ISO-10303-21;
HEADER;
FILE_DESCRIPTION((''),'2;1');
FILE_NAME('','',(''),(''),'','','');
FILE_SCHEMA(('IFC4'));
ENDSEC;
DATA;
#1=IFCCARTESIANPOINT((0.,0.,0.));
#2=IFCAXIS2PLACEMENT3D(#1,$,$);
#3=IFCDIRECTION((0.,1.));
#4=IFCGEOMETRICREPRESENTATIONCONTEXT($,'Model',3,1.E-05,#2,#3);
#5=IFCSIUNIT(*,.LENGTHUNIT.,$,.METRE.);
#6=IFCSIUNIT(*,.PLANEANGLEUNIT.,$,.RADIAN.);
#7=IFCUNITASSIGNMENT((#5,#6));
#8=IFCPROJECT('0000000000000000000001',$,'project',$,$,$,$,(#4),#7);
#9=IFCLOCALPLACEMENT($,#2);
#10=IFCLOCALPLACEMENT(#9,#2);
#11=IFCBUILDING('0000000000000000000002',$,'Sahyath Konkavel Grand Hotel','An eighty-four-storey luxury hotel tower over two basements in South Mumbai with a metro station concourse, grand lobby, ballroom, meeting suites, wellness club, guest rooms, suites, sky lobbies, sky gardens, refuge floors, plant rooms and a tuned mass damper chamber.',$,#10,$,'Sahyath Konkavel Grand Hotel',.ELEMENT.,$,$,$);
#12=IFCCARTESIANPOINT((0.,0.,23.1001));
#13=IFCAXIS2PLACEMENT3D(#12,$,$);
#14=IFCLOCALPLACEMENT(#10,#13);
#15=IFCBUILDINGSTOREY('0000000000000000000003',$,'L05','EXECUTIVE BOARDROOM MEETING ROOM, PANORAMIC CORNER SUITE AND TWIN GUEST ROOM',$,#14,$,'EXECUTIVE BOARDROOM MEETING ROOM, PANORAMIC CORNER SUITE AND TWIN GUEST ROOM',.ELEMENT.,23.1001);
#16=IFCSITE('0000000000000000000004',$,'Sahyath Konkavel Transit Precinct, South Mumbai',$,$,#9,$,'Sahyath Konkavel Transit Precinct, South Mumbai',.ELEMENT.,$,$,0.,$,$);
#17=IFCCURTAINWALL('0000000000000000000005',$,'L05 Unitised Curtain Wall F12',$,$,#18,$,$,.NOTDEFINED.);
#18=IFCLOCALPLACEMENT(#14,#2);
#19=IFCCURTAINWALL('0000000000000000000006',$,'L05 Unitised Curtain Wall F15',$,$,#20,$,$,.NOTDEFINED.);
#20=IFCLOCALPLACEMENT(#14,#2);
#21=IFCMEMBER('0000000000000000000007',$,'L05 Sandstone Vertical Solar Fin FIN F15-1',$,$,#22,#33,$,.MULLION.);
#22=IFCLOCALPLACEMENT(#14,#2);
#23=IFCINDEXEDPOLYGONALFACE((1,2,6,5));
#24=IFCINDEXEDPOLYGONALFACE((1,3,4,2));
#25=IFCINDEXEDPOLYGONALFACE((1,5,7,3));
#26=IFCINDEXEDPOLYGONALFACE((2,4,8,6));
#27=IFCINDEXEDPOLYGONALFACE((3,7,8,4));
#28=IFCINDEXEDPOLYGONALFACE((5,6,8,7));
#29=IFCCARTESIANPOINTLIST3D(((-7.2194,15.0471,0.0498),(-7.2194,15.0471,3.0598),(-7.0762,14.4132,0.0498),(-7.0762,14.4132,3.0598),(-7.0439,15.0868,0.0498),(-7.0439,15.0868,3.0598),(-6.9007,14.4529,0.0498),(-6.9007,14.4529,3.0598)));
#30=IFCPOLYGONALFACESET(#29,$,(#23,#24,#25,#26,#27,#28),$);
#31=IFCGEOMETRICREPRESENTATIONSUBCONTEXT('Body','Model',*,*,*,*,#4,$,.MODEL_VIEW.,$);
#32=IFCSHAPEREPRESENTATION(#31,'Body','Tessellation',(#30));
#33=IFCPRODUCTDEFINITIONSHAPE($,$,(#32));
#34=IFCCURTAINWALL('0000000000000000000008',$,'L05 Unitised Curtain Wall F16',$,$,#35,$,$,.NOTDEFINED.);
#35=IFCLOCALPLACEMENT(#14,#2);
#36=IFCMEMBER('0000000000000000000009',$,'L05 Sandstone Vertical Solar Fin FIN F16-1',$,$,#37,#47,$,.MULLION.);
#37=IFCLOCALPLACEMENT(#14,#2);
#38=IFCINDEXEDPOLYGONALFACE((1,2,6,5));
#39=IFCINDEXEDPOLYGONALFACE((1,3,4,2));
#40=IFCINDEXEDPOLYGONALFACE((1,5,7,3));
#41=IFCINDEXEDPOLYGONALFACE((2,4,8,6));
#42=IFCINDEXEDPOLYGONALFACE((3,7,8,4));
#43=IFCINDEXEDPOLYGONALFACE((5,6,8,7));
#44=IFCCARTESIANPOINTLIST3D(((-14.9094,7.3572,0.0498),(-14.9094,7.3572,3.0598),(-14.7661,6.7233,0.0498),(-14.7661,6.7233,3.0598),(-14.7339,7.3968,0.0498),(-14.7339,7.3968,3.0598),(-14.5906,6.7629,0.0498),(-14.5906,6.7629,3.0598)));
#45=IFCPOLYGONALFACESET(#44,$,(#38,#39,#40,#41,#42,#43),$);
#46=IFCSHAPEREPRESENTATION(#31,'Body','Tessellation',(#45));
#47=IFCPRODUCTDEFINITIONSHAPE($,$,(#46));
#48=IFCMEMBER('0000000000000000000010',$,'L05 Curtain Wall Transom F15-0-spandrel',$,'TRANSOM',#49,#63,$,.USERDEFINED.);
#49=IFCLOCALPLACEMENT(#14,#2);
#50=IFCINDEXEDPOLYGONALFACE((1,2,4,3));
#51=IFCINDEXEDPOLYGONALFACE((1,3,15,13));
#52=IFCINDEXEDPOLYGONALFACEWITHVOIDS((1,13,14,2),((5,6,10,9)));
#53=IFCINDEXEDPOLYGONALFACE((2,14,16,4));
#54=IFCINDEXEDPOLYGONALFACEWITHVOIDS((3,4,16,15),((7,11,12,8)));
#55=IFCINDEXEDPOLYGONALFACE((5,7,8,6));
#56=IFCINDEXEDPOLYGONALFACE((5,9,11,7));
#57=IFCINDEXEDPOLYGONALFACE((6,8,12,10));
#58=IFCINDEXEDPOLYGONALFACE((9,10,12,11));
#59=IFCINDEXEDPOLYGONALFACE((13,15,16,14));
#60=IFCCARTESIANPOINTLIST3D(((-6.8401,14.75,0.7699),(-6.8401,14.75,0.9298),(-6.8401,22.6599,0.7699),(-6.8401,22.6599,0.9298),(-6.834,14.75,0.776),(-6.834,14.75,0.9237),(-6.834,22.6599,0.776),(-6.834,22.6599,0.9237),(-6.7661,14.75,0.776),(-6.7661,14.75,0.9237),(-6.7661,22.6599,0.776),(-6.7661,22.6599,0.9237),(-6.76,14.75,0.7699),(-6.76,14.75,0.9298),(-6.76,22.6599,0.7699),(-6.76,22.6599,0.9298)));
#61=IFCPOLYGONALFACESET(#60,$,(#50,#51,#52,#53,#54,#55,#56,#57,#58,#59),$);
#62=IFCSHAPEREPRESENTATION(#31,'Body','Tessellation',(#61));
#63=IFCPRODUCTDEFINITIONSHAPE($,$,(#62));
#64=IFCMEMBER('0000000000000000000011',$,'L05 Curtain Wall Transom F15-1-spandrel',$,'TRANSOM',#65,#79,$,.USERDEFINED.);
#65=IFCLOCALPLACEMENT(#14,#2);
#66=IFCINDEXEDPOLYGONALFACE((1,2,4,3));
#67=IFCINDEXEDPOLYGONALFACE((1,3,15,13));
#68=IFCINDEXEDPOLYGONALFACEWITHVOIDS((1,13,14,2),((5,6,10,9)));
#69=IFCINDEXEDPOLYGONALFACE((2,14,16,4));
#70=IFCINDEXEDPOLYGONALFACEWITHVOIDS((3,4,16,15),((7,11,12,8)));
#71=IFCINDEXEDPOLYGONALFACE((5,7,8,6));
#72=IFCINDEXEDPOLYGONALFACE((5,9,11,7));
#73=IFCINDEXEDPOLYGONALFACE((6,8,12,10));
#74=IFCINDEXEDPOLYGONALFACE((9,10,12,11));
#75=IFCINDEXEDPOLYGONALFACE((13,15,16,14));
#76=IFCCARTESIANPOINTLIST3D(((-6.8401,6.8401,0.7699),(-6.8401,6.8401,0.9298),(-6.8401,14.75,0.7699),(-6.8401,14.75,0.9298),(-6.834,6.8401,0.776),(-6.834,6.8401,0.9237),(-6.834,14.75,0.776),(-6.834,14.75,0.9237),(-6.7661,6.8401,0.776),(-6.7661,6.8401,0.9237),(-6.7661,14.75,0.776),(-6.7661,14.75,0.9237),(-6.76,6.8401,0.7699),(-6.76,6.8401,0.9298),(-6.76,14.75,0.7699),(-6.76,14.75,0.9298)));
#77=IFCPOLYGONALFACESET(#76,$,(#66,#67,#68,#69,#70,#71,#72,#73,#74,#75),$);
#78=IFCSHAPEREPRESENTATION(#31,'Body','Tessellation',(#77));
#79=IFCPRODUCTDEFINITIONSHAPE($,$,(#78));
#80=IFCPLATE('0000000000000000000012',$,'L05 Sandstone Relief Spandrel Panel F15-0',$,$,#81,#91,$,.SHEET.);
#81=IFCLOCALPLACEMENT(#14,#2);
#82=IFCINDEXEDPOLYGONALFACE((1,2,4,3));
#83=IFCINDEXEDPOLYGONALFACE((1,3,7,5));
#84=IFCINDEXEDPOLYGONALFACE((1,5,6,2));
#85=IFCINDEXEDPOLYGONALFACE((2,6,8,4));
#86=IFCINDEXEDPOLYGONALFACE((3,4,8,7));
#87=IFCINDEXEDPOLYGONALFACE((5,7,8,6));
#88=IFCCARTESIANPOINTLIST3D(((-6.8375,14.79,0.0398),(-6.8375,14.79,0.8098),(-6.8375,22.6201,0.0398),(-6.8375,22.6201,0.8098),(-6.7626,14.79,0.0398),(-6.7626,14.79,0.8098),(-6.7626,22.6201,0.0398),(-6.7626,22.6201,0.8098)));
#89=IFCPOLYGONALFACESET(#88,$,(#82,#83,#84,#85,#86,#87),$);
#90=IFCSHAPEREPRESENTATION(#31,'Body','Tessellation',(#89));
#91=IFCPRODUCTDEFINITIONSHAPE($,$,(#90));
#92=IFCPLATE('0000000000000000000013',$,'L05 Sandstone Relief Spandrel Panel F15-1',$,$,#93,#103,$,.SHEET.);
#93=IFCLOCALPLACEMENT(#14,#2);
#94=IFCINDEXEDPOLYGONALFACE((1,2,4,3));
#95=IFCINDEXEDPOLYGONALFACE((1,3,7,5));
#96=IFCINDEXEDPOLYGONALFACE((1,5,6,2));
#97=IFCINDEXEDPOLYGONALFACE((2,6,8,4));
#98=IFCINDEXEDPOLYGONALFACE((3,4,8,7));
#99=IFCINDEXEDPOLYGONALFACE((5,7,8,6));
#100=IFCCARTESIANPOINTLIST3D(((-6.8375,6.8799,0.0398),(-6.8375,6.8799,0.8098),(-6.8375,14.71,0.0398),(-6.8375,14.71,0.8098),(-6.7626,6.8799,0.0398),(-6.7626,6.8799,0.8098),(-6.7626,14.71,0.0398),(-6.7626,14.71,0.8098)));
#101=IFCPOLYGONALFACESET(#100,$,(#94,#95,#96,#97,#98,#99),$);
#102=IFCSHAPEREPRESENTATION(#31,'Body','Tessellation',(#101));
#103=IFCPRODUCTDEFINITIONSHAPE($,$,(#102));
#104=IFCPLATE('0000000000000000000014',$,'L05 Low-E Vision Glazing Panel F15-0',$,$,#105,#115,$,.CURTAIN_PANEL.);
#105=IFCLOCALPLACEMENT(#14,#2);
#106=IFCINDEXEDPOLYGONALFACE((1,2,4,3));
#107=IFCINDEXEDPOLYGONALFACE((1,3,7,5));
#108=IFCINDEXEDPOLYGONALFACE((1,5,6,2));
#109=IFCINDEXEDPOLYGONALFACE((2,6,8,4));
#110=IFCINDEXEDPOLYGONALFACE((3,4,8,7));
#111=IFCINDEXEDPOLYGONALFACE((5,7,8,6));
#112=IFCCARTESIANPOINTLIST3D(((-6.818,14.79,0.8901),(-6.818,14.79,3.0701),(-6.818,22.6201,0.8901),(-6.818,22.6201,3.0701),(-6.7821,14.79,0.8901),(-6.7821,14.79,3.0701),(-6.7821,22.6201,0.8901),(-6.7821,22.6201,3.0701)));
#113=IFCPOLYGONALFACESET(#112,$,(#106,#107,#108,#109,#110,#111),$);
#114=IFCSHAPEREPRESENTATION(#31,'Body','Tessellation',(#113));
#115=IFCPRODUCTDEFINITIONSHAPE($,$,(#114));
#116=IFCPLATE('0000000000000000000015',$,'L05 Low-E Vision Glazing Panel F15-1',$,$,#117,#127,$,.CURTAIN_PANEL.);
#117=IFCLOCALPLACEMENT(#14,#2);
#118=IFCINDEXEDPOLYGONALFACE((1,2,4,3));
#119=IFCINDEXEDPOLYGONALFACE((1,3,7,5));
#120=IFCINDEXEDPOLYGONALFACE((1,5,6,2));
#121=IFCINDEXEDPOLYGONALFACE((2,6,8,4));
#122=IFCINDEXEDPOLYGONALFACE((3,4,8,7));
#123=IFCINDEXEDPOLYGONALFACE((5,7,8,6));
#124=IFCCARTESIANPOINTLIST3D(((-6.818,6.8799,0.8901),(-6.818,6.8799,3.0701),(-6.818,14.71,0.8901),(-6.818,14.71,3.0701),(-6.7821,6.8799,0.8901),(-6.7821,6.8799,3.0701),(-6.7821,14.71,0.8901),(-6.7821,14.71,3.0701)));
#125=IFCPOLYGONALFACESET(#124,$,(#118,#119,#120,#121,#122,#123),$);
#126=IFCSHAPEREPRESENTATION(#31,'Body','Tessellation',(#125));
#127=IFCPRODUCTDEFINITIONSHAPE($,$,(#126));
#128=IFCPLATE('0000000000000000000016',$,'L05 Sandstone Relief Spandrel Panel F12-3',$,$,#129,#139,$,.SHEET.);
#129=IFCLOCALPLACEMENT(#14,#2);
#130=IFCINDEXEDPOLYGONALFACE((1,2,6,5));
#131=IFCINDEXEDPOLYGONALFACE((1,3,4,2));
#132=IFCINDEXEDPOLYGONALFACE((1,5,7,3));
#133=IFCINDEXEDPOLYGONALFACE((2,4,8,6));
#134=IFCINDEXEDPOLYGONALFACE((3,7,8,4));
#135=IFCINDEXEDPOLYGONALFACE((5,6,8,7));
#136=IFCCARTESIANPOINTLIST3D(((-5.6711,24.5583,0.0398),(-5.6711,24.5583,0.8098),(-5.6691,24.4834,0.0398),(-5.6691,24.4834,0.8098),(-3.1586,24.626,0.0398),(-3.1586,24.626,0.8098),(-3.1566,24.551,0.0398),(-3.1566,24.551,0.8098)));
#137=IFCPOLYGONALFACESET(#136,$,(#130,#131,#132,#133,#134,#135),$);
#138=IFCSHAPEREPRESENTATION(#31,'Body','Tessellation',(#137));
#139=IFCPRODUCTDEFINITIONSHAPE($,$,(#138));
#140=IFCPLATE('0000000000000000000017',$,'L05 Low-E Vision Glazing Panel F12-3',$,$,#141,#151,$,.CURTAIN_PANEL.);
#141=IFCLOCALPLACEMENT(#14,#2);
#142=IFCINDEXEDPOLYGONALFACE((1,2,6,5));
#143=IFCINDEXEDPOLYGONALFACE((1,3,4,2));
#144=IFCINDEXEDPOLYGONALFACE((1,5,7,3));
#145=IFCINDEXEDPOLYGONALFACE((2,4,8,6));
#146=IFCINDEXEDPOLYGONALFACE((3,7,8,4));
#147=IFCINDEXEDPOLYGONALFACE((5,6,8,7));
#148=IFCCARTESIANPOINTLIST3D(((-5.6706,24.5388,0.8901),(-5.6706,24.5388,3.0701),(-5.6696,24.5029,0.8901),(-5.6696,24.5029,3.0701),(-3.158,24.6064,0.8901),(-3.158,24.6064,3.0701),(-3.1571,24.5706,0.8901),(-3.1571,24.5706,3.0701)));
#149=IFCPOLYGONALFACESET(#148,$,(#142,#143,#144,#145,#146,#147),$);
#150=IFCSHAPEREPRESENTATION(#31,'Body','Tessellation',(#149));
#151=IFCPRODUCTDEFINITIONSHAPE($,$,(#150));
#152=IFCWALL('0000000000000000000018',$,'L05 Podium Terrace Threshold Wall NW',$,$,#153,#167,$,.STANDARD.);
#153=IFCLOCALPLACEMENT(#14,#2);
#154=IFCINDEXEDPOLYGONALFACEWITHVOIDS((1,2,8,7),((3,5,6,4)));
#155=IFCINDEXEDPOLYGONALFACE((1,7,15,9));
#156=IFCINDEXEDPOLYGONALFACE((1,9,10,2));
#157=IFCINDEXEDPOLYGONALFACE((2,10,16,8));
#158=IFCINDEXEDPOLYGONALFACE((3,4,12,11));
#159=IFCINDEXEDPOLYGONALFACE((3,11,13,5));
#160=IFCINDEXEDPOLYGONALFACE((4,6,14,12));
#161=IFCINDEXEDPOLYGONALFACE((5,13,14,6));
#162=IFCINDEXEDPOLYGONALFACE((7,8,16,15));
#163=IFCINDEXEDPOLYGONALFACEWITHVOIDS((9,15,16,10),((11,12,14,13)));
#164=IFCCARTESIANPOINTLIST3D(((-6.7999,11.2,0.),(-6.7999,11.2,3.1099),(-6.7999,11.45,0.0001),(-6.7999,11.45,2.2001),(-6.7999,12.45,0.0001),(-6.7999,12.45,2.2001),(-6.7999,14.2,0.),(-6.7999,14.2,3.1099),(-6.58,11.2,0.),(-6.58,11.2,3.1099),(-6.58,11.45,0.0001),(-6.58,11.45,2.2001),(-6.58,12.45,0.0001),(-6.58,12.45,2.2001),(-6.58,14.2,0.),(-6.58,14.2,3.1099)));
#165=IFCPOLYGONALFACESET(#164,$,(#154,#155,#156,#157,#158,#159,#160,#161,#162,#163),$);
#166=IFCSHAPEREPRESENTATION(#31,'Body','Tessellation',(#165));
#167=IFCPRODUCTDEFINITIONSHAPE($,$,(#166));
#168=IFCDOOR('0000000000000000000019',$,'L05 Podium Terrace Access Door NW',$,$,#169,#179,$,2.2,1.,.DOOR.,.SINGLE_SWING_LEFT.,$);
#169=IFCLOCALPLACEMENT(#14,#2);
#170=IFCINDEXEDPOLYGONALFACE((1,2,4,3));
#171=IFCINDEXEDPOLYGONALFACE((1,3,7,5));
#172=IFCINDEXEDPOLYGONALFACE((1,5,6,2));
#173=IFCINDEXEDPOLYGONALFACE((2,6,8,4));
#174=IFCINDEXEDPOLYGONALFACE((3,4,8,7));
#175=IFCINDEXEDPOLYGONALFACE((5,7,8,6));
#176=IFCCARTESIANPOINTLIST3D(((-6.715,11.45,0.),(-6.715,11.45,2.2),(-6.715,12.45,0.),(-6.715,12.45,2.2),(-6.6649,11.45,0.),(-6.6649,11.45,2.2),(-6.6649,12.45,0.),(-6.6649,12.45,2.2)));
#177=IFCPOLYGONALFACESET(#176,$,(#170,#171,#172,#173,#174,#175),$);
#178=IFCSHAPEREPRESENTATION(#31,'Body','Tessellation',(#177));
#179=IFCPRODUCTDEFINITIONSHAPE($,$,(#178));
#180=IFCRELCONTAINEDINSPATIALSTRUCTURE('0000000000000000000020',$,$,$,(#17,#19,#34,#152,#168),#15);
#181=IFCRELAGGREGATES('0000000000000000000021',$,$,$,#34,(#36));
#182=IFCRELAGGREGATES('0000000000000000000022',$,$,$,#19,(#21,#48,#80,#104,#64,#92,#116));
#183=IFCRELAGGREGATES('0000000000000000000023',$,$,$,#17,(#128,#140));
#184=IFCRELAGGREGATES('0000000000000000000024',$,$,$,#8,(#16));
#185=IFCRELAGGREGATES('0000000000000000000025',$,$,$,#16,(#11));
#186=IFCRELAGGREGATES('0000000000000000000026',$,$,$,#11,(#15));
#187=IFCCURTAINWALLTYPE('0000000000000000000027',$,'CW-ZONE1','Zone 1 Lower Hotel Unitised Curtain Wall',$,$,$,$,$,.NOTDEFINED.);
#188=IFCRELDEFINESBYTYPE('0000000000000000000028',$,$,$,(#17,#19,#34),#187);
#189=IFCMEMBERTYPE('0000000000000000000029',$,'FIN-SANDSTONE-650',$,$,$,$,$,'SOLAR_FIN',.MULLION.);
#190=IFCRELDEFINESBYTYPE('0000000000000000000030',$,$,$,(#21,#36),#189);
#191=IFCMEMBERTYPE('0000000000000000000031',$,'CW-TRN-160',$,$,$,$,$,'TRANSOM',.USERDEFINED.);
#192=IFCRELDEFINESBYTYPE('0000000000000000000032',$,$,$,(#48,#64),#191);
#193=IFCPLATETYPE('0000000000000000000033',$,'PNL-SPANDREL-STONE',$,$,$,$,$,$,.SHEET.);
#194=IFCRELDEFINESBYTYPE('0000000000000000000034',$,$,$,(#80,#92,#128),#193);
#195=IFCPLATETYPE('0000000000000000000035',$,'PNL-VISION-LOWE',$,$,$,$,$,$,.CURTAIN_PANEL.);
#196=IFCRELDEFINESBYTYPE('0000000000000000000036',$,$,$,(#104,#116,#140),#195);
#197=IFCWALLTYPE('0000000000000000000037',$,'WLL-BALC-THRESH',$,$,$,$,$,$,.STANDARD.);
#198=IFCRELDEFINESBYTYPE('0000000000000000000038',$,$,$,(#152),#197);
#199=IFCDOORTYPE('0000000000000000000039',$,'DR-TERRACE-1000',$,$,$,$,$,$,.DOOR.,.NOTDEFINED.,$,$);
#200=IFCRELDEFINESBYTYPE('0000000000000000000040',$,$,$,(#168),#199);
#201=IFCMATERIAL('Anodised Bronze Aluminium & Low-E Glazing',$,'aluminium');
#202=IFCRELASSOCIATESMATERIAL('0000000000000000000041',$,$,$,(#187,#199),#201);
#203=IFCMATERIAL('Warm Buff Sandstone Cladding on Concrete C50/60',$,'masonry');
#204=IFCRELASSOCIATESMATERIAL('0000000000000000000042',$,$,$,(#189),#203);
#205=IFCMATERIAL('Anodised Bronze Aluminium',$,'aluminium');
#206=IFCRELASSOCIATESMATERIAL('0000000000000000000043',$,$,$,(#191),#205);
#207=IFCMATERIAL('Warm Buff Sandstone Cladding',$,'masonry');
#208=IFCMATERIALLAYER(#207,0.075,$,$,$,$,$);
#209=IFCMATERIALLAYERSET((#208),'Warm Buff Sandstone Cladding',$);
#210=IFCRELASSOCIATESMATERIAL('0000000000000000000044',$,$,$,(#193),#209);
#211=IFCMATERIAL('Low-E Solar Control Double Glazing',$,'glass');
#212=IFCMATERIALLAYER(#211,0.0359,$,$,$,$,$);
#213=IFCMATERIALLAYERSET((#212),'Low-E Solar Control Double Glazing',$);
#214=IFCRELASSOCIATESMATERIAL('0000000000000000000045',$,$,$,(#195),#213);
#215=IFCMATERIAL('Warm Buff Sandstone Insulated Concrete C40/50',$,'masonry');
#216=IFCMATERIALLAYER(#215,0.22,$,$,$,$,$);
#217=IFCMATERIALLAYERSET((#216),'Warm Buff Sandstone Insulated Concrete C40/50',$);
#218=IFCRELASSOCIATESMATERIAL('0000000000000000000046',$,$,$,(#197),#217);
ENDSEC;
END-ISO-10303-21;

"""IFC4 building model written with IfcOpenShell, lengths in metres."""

from ifc_helpers import new_model, si_unit, direction, frame, frame_2d, origin, origin_2d, place, context, subcontext, project, spatial, rectangle, hollow_rectangle, extrude, source, transform, mapped, material, layer, layer_set, material_profile, profile_set, type_object, element, fill, aggregate, save


model = new_model("IFC4")

# Units and contexts
model_context = context("Model", 3, precision=1e-05, world=origin(), true_north=direction((0.0, 1.0)))
body_context = subcontext(model_context, "Body", "Model", "MODEL_VIEW")
ifc_project = project(units=[si_unit("LENGTHUNIT", "METRE"), si_unit("PLANEANGLEUNIT", "RADIAN")], contexts=[model_context])

# Site, building, storey
site_placement = place(None, origin())
site = spatial("IfcSite", under=ifc_project, at=site_placement, Name="Sahyath Konkavel Transit Precinct, South Mumbai", LongName="Sahyath Konkavel Transit Precinct, South Mumbai", CompositionType="ELEMENT", RefElevation=0.0)
building_placement = place(site_placement, origin())
building = spatial("IfcBuilding", under=site, at=building_placement, Name="Sahyath Konkavel Grand Hotel", Description="An eighty-four-storey luxury hotel tower over two basements in South Mumbai with a metro station concourse, grand lobby, ballroom, meeting suites, wellness club, guest rooms, suites, sky lobbies, sky gardens, refuge floors, plant rooms and a tuned mass damper chamber.", LongName="Sahyath Konkavel Grand Hotel", CompositionType="ELEMENT")
storey_placement = place(building_placement, frame((0.0, 0.0, 23.1001)))
storey = spatial("IfcBuildingStorey", under=building, at=storey_placement, Name="L05", Description="EXECUTIVE BOARDROOM MEETING ROOM, PANORAMIC CORNER SUITE AND TWIN GUEST ROOM", LongName="EXECUTIVE BOARDROOM MEETING ROOM, PANORAMIC CORNER SUITE AND TWIN GUEST ROOM", CompositionType="ELEMENT", Elevation=23.1001)

# Curtain wall
ifc_material_1 = material(Name="Anodised Bronze Aluminium & Low-E Glazing", Category="aluminium")
curtain_wall_type = type_object("IfcCurtainWallType", Name="CW-ZONE1", Description="Zone 1 Lower Hotel Unitised Curtain Wall", PredefinedType="NOTDEFINED", material=ifc_material_1)
curtain_wall_1_placement = place(storey_placement, origin())
curtain_wall_1 = element("IfcCurtainWall", 1, at=curtain_wall_1_placement, inside=storey, type_object=curtain_wall_type, Name="L05 Unitised Curtain Wall F12", PredefinedType="NOTDEFINED")
ifc_material_2 = material(Name="Anodised Bronze Aluminium", Category="aluminium")

# Curtain wall, member
curtain_wall_2_placement = place(storey_placement, origin())
curtain_wall_2 = element("IfcCurtainWall", 2, at=curtain_wall_2_placement, inside=storey, type_object=curtain_wall_type, Name="L05 Unitised Curtain Wall F15", PredefinedType="NOTDEFINED")
ifc_material_3 = material(Name="Warm Buff Sandstone Cladding on Concrete C50/60", Category="masonry")
ifc_material_profile_1 = material_profile(ifc_material_3, rectangle(XDim=0.1799, YDim=0.6499, at=origin_2d()), Name="FIN 180x650")
ifc_profile_set_1 = profile_set([ifc_material_profile_1], Name="Warm Buff Sandstone Cladding on Concrete C50/60")
member_type_1 = type_object("IfcMemberType", Name="FIN-SANDSTONE-650", ElementType="SOLAR_FIN", PredefinedType="MULLION", material=ifc_profile_set_1)
shared_shape_1 = source(origin(), body_context, "Body", "SweptSolid", [
    extrude(rectangle(XDim=0.1799, YDim=0.6499, at=origin_2d()), origin(), (0.0, 0.0, 1.0), 3.01),
])
member_1_placement = place(storey_placement, frame((-7.0601, 14.75, 0.0498), z_axis=(0.0, 0.0, 1.0), x_axis=(0.975419, 0.220357, 0.0)))
member_1 = element("IfcMember", 3, at=member_1_placement, type_object=member_type_1, Name="L05 Sandstone Vertical Solar Fin FIN F15-1", PredefinedType="MULLION", context=body_context, shape_type="MappedRepresentation", body=[
    mapped(shared_shape_1, transform((0.0, 0.0, 0.0), scale=1.0)),
])

# Curtain wall, member
curtain_wall_3_placement = place(storey_placement, origin())
curtain_wall_3 = element("IfcCurtainWall", 4, at=curtain_wall_3_placement, inside=storey, type_object=curtain_wall_type, Name="L05 Unitised Curtain Wall F16", PredefinedType="NOTDEFINED")
member_2_placement = place(storey_placement, frame((-14.75, 7.0601, 0.0498), z_axis=(0.0, 0.0, 1.0), x_axis=(0.975419, 0.220357, 0.0)))
member_2 = element("IfcMember", 5, at=member_2_placement, type_object=member_type_1, Name="L05 Sandstone Vertical Solar Fin FIN F16-1", PredefinedType="MULLION", context=body_context, shape_type="MappedRepresentation", body=[
    mapped(shared_shape_1, transform((0.0, 0.0, 0.0), scale=1.0)),
])
aggregate(curtain_wall_3, [member_2])

# Members
ifc_material_profile_2 = material_profile(ifc_material_2, hollow_rectangle(XDim=0.0801, YDim=0.1599, WallThickness=0.0061, at=origin_2d()), Name="RHS 160x80x6")
ifc_profile_set_2 = profile_set([ifc_material_profile_2], Name="Anodised Bronze Aluminium")
member_type_2 = type_object("IfcMemberType", Name="CW-TRN-160", ElementType="TRANSOM", PredefinedType="USERDEFINED", material=ifc_profile_set_2)
shared_shape_2 = source(origin(), body_context, "Body", "SweptSolid", [
    extrude(hollow_rectangle(XDim=0.0801, YDim=0.1599, WallThickness=0.0061, at=origin_2d()), origin(), (0.0, 0.0, 1.0), 7.9099),
])
member_3_placement = place(storey_placement, frame((-6.8, 22.6599, 0.8499), z_axis=(0.0, -1.0, 0.0), x_axis=(1.0, 0.0, 0.0)))
member_3 = element("IfcMember", 6, at=member_3_placement, type_object=member_type_2, Name="L05 Curtain Wall Transom F15-0-spandrel", ObjectType="TRANSOM", PredefinedType="USERDEFINED", context=body_context, shape_type="MappedRepresentation", body=[
    mapped(shared_shape_2, transform((0.0, 0.0, 0.0), scale=1.0)),
])
member_4_placement = place(storey_placement, frame((-6.8, 14.75, 0.8499), z_axis=(0.0, -1.0, 0.0), x_axis=(1.0, 0.0, 0.0)))
member_4 = element("IfcMember", 7, at=member_4_placement, type_object=member_type_2, Name="L05 Curtain Wall Transom F15-1-spandrel", ObjectType="TRANSOM", PredefinedType="USERDEFINED", context=body_context, shape_type="MappedRepresentation", body=[
    mapped(shared_shape_2, transform((0.0, 0.0, 0.0), scale=1.0)),
])

# Plates
ifc_material_4 = material(Name="Warm Buff Sandstone Cladding", Category="masonry")
ifc_layer_1 = layer(ifc_material_4, 0.075)
ifc_layer_set_1 = layer_set([ifc_layer_1], Name="Warm Buff Sandstone Cladding")
plate_type_1 = type_object("IfcPlateType", Name="PNL-SPANDREL-STONE", PredefinedType="SHEET", material=ifc_layer_set_1)
shared_shape_3 = source(origin(), body_context, "Body", "SweptSolid", [
    extrude(rectangle(XDim=7.8301, YDim=0.075, at=origin_2d()), origin(), (0.0, 0.0, 1.0), 0.77),
])
plate_1_placement = place(storey_placement, frame((-6.8, 18.7051, 0.0398), z_axis=(0.0, 0.0, 1.0), x_axis=(0.0, -1.0, 0.0)))
plate_1 = element("IfcPlate", 8, at=plate_1_placement, type_object=plate_type_1, Name="L05 Sandstone Relief Spandrel Panel F15-0", PredefinedType="SHEET", context=body_context, shape_type="MappedRepresentation", body=[
    mapped(shared_shape_3, transform((0.0, 0.0, 0.0), scale=1.0)),
])
plate_2_placement = place(storey_placement, frame((-6.8, 10.7949, 0.0398), z_axis=(0.0, 0.0, 1.0), x_axis=(0.0, -1.0, 0.0)))
plate_2 = element("IfcPlate", 9, at=plate_2_placement, type_object=plate_type_1, Name="L05 Sandstone Relief Spandrel Panel F15-1", PredefinedType="SHEET", context=body_context, shape_type="MappedRepresentation", body=[
    mapped(shared_shape_3, transform((0.0, 0.0, 0.0), scale=1.0)),
])
ifc_material_5 = material(Name="Low-E Solar Control Double Glazing", Category="glass")
ifc_layer_2 = layer(ifc_material_5, 0.0359)
ifc_layer_set_2 = layer_set([ifc_layer_2], Name="Low-E Solar Control Double Glazing")
plate_type_2 = type_object("IfcPlateType", Name="PNL-VISION-LOWE", PredefinedType="CURTAIN_PANEL", material=ifc_layer_set_2)
shared_shape_4 = source(origin(), body_context, "Body", "SweptSolid", [
    extrude(rectangle(XDim=7.8301, YDim=0.0359, at=origin_2d()), origin(), (0.0, 0.0, 1.0), 2.1799),
])
plate_3_placement = place(storey_placement, frame((-6.8, 18.7051, 0.8901), z_axis=(0.0, 0.0, 1.0), x_axis=(0.0, -1.0, 0.0)))
plate_3 = element("IfcPlate", 10, at=plate_3_placement, type_object=plate_type_2, Name="L05 Low-E Vision Glazing Panel F15-0", PredefinedType="CURTAIN_PANEL", context=body_context, shape_type="MappedRepresentation", body=[
    mapped(shared_shape_4, transform((0.0, 0.0, 0.0), scale=1.0)),
])
plate_4_placement = place(storey_placement, frame((-6.8, 10.7949, 0.8901), z_axis=(0.0, 0.0, 1.0), x_axis=(0.0, -1.0, 0.0)))
plate_4 = element("IfcPlate", 11, at=plate_4_placement, type_object=plate_type_2, Name="L05 Low-E Vision Glazing Panel F15-1", PredefinedType="CURTAIN_PANEL", context=body_context, shape_type="MappedRepresentation", body=[
    mapped(shared_shape_4, transform((0.0, 0.0, 0.0), scale=1.0)),
])
aggregate(curtain_wall_2, [member_1, member_3, plate_1, plate_3, member_4, plate_2, plate_4])
shared_shape_5 = source(origin(), body_context, "Body", "SweptSolid", [
    extrude(rectangle(XDim=2.5134, YDim=0.075, at=origin_2d()), origin(), (0.0, 0.0, 1.0), 0.77),
])
plate_5_placement = place(storey_placement, frame((-4.4138, 24.5547, 0.0398), z_axis=(0.0, 0.0, 1.0), x_axis=(-0.999638, -0.02691, 0.0)))
plate_5 = element("IfcPlate", 12, at=plate_5_placement, type_object=plate_type_1, Name="L05 Sandstone Relief Spandrel Panel F12-3", PredefinedType="SHEET", context=body_context, shape_type="MappedRepresentation", body=[
    mapped(shared_shape_5, transform((0.0, 0.0, 0.0), scale=1.0)),
])
shared_shape_6 = source(origin(), body_context, "Body", "SweptSolid", [
    extrude(rectangle(XDim=2.5134, YDim=0.0359, at=origin_2d()), origin(), (0.0, 0.0, 1.0), 2.1799),
])
plate_6_placement = place(storey_placement, frame((-4.4138, 24.5547, 0.8901), z_axis=(0.0, 0.0, 1.0), x_axis=(-0.999638, -0.02691, 0.0)))
plate_6 = element("IfcPlate", 13, at=plate_6_placement, type_object=plate_type_2, Name="L05 Low-E Vision Glazing Panel F12-3", PredefinedType="CURTAIN_PANEL", context=body_context, shape_type="MappedRepresentation", body=[
    mapped(shared_shape_6, transform((0.0, 0.0, 0.0), scale=1.0)),
])
aggregate(curtain_wall_1, [plate_5, plate_6])

# Wall, opening, door
ifc_material_6 = material(Name="Warm Buff Sandstone Insulated Concrete C40/50", Category="masonry")
ifc_layer_3 = layer(ifc_material_6, 0.22)
ifc_layer_set_3 = layer_set([ifc_layer_3], Name="Warm Buff Sandstone Insulated Concrete C40/50")
wall_type = type_object("IfcWallType", Name="WLL-BALC-THRESH", PredefinedType="STANDARD", material=ifc_layer_set_3)
wall_placement = place(storey_placement, frame((-6.6899, 11.2, 0.0), z_axis=(0.0, 0.0, 1.0), x_axis=(0.0, 1.0, 0.0)))
wall = element("IfcWall", 14, at=wall_placement, inside=storey, type_object=wall_type, Name="L05 Podium Terrace Threshold Wall NW", PredefinedType="STANDARD", context=body_context, shape_type="SweptSolid", body=[
    extrude(rectangle(XDim=3.0, YDim=0.22, at=frame_2d((1.5, 0.0))), origin(), (0.0, 0.0, 1.0), 3.1099),
])
opening_placement = place(wall_placement, frame((0.25, 0.0, 0.0)))
opening = element("IfcOpeningElement", 15, at=opening_placement, cuts=wall, PredefinedType="OPENING", context=body_context, shape_type="SweptSolid", body=[
    extrude(rectangle(XDim=1.0, YDim=2.2, at=frame_2d((0.5, 1.1001))), frame((0.0, 0.1201, 0.0), z_axis=(0.0, -1.0, 0.0), x_axis=(1.0, 0.0, 0.0)), (0.0, 0.0, 1.0), 0.24),
])
door_type = type_object("IfcDoorType", Name="DR-TERRACE-1000", OperationType="NOTDEFINED", PredefinedType="DOOR", material=ifc_material_1)
shared_shape_7 = source(origin(), body_context, "Body", "SweptSolid", [
    extrude(rectangle(XDim=1.0, YDim=0.05, at=origin_2d()), origin(), (0.0, 0.0, 1.0), 2.2),
])
door_placement = place(opening_placement, frame((0.5, 0.0, 0.0)))
door = element("IfcDoor", 16, at=door_placement, inside=storey, type_object=door_type, Name="L05 Podium Terrace Access Door NW", OperationType="SINGLE_SWING_LEFT", OverallHeight=2.2, OverallWidth=1.0, PredefinedType="DOOR", context=body_context, shape_type="MappedRepresentation", body=[
    mapped(shared_shape_7, transform((0.0, 0.0, 0.0), scale=1.0)),
])
fill(opening, door)

save(model, "model.ifc")
